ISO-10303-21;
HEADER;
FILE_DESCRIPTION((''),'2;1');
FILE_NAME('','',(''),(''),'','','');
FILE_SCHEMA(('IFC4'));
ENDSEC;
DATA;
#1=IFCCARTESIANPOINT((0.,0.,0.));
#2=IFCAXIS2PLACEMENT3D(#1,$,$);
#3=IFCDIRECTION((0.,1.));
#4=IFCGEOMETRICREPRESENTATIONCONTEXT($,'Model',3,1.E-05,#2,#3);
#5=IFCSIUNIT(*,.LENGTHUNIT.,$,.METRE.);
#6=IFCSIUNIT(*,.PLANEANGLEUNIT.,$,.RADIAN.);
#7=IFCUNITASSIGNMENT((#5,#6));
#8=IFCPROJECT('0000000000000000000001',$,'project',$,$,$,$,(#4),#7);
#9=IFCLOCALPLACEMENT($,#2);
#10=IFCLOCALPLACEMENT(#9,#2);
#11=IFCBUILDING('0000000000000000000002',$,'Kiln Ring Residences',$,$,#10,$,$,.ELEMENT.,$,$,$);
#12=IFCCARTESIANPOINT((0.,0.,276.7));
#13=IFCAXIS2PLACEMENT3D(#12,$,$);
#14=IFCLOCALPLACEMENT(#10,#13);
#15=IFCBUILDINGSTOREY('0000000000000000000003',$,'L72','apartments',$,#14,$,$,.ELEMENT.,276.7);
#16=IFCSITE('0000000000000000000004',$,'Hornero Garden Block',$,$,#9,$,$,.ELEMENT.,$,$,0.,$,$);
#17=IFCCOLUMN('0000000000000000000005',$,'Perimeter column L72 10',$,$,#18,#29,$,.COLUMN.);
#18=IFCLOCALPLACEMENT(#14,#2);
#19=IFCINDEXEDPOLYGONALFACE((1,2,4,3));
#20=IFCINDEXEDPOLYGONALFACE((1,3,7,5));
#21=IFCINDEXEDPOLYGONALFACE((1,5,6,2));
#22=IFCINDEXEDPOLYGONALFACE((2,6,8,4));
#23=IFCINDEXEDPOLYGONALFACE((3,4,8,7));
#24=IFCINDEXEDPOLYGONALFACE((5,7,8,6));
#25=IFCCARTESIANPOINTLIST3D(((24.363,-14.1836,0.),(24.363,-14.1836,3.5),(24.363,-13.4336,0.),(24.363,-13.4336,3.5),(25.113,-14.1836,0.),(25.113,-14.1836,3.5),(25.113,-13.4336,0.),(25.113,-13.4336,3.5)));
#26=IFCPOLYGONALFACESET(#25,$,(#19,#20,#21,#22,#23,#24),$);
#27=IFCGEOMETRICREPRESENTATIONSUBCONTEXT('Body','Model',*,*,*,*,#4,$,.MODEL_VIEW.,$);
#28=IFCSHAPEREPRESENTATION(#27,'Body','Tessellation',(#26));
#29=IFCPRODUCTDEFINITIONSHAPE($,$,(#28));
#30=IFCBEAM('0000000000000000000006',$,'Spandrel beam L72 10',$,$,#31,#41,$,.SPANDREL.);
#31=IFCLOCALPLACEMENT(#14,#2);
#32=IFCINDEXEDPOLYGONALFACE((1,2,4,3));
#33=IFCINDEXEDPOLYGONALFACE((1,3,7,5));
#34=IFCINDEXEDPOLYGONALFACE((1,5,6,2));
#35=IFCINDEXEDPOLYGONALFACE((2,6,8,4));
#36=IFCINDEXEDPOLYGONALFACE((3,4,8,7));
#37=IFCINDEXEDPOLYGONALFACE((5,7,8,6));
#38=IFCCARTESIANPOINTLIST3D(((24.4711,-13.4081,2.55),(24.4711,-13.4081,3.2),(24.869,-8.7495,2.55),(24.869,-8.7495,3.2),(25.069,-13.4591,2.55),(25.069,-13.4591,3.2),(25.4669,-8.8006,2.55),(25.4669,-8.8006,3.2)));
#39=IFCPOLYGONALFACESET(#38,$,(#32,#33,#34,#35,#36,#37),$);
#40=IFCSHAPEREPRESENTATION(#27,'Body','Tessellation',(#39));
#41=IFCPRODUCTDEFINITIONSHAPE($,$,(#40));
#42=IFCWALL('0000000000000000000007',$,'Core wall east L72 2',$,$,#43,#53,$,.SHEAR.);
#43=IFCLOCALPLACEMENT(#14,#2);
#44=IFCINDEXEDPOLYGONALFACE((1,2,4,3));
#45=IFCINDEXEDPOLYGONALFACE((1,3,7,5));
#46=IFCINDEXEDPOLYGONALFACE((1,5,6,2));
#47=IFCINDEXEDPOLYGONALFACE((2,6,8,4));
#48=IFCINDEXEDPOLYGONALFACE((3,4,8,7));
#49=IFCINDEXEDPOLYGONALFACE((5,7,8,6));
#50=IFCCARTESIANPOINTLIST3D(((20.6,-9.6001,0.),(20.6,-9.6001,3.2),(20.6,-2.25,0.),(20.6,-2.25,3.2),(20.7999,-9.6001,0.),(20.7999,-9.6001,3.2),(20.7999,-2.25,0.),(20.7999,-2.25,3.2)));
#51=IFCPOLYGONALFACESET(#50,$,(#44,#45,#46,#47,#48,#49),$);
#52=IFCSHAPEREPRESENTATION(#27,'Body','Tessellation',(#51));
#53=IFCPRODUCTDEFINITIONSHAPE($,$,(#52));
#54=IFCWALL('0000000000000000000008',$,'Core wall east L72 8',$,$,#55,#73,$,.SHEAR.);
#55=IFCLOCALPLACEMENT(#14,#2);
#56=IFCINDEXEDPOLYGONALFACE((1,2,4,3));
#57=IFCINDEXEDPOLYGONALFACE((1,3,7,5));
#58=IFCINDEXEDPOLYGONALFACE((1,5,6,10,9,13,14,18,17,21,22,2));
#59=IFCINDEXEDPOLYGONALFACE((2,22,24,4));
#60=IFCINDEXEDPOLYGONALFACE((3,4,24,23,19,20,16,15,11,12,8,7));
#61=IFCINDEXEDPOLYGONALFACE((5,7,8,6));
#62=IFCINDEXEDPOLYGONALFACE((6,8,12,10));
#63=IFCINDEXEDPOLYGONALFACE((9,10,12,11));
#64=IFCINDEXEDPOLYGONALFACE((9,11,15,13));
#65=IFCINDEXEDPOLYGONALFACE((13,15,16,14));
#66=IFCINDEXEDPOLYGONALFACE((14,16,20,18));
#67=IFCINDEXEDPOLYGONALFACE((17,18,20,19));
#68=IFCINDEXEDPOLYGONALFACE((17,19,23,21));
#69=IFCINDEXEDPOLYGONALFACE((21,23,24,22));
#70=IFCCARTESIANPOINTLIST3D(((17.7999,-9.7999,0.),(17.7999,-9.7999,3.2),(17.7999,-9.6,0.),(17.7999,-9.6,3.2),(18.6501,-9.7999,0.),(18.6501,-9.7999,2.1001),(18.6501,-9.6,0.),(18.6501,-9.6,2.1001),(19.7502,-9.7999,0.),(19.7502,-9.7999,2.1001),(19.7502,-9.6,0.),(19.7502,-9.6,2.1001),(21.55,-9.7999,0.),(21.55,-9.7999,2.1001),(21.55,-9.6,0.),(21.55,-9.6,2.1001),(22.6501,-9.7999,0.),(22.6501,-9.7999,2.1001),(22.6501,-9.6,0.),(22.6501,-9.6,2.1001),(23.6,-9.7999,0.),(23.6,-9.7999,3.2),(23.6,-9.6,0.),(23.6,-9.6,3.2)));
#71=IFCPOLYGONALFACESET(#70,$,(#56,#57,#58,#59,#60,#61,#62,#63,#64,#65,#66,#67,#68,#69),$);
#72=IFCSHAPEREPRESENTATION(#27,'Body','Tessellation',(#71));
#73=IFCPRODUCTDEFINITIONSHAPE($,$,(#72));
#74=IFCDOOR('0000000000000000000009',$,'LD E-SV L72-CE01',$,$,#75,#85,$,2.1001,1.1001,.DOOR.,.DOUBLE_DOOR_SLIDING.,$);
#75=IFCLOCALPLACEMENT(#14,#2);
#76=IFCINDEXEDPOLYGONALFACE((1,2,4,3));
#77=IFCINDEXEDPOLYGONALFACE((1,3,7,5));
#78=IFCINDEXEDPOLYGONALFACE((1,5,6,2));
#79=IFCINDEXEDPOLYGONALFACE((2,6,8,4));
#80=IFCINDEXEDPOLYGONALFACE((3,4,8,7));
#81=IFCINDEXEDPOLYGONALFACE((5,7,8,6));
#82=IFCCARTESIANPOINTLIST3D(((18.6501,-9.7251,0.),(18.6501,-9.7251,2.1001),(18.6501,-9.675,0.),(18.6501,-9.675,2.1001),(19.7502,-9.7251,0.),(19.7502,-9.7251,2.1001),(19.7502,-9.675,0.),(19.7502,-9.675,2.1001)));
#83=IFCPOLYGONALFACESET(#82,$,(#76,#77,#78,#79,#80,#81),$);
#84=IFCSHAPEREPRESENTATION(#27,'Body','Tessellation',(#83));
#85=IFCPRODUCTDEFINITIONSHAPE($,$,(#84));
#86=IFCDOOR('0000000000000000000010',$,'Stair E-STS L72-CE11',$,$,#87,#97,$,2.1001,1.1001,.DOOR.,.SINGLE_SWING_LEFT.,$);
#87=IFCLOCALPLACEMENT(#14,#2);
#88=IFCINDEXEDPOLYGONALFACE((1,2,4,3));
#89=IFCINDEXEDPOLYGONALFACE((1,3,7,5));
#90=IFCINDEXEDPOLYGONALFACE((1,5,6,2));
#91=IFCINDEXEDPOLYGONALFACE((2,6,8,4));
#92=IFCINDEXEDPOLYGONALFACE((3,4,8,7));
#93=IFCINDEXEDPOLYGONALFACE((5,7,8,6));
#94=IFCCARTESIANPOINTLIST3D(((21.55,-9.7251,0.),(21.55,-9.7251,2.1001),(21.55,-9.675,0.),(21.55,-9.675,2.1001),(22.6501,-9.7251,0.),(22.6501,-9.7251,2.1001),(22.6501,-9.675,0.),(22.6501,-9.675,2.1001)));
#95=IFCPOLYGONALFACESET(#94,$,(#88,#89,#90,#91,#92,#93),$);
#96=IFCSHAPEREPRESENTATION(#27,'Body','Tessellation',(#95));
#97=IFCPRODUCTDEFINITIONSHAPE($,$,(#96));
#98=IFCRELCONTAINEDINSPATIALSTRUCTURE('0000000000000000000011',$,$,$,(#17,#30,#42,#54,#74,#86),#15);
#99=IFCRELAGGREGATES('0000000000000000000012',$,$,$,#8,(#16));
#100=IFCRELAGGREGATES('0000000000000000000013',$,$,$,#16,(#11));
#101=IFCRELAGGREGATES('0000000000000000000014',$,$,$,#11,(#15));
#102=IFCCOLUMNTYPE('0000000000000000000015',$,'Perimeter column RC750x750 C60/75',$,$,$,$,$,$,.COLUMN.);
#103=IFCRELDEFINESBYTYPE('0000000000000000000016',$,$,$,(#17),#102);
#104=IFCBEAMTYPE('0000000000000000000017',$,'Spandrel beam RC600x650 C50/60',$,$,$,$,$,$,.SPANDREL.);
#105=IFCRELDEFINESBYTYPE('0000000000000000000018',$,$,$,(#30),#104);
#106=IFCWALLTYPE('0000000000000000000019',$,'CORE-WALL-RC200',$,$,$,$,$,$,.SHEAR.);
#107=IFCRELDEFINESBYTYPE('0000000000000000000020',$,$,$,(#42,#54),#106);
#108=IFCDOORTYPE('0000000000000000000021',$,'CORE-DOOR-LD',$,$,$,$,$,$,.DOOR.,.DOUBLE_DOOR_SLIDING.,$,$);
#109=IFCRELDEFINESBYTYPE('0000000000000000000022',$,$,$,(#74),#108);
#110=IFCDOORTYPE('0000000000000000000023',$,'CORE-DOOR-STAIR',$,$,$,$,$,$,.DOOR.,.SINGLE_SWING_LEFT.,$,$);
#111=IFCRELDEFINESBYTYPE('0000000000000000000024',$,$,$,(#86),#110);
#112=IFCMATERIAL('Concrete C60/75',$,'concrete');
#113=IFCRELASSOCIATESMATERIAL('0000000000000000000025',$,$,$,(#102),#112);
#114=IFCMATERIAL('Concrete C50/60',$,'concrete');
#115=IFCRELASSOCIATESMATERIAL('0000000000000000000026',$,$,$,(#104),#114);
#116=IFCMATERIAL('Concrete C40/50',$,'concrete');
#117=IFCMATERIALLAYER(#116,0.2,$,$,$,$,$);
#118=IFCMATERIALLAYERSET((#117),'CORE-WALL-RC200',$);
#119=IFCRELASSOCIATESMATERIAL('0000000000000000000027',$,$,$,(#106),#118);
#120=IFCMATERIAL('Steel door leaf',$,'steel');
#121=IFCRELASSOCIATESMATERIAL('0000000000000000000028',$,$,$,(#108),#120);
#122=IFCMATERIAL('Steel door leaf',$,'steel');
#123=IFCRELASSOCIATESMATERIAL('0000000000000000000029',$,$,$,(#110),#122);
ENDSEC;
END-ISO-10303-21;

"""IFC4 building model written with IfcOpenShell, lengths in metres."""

from ifc_helpers import new_model, si_unit, direction, frame, frame_2d, origin, origin_2d, place, context, subcontext, project, spatial, rectangle, extrude, material, layer, layer_set, material_profile, profile_set, type_object, element, fill, save


model = new_model("IFC4")

# Units and contexts
model_context = context("Model", 3, precision=1e-05, world=origin(), true_north=direction((0.0, 1.0)))
body_context = subcontext(model_context, "Body", "Model", "MODEL_VIEW")
ifc_project = project(units=[si_unit("LENGTHUNIT", "METRE"), si_unit("PLANEANGLEUNIT", "RADIAN")], contexts=[model_context])

# Site, building, storey
site_placement = place(None, origin())
site = spatial("IfcSite", under=ifc_project, at=site_placement, Name="Hornero Garden Block", CompositionType="ELEMENT", RefElevation=0.0)
building_placement = place(site_placement, origin())
building = spatial("IfcBuilding", under=site, at=building_placement, Name="Kiln Ring Residences", CompositionType="ELEMENT")
storey_placement = place(building_placement, frame((0.0, 0.0, 276.7)))
storey = spatial("IfcBuildingStorey", under=building, at=storey_placement, Name="L72", Description="apartments", CompositionType="ELEMENT", Elevation=276.7)

# Column
ifc_material_1 = material(Name="Concrete C60/75", Category="concrete")
ifc_material_profile_1 = material_profile(ifc_material_1, rectangle(XDim=0.75, YDim=0.75, at=origin_2d()), Name="RC750x750")
ifc_profile_set_1 = profile_set([ifc_material_profile_1], Name="Concrete C60/75")
column_type = type_object("IfcColumnType", Name="Perimeter column RC750x750 C60/75", PredefinedType="COLUMN", material=ifc_profile_set_1)
column_placement = place(storey_placement, frame((24.738, -13.8086, 0.0), z_axis=(0.0, 0.0, 1.0), x_axis=(1.0, 0.0, 0.0)))
element("IfcColumn", 1, at=column_placement, inside=storey, type_object=column_type, Name="Perimeter column L72 10", PredefinedType="COLUMN", context=body_context, shape_type="SweptSolid", body=[
    extrude(rectangle(XDim=0.75, YDim=0.75, at=origin_2d()), origin(), (0.0, 0.0, 1.0), 3.5),
])

# Beam
ifc_material_2 = material(Name="Concrete C50/60", Category="concrete")
ifc_material_profile_2 = material_profile(ifc_material_2, rectangle(XDim=0.6001, YDim=0.6499, at=origin_2d()), Name="RC600x650")
ifc_profile_set_2 = profile_set([ifc_material_profile_2], Name="Concrete C50/60")
beam_type = type_object("IfcBeamType", Name="Spandrel beam RC600x650 C50/60", PredefinedType="SPANDREL", material=ifc_profile_set_2)
beam_placement = place(storey_placement, frame((24.77, -13.4336, 2.875), z_axis=(0.085111, 0.996371, 0.0), x_axis=(-0.996371, 0.085111, 0.0)))
element("IfcBeam", 2, at=beam_placement, inside=storey, type_object=beam_type, Name="Spandrel beam L72 10", PredefinedType="SPANDREL", context=body_context, shape_type="SweptSolid", body=[
    extrude(rectangle(XDim=0.6001, YDim=0.6499, at=origin_2d()), origin(), (0.0, 0.0, 1.0), 4.6755),
])

# Wall
ifc_material_3 = material(Name="Concrete C40/50", Category="concrete")
ifc_layer_1 = layer(ifc_material_3, 0.2)
ifc_layer_set_1 = layer_set([ifc_layer_1], Name="CORE-WALL-RC200")
wall_type_1 = type_object("IfcWallType", Name="CORE-WALL-RC200", PredefinedType="SHEAR", material=ifc_layer_set_1)
wall_1_placement = place(storey_placement, frame((20.7, -9.6001, 0.0), z_axis=(0.0, 0.0, 1.0), x_axis=(0.0, 1.0, 0.0)))
element("IfcWall", 3, at=wall_1_placement, inside=storey, type_object=wall_type_1, Name="Core wall east L72 2", PredefinedType="SHEAR", context=body_context, shape_type="SweptSolid", body=[
    extrude(rectangle(XDim=7.3501, YDim=0.2, at=frame_2d((3.675, 0.0))), origin(), (0.0, 0.0, 1.0), 3.2),
])

# Wall, openings, doors
wall_2_placement = place(storey_placement, frame((17.8, -9.7, 0.0), z_axis=(0.0, 0.0, 1.0), x_axis=(1.0, 0.0, 0.0)))
wall_2 = element("IfcWall", 4, at=wall_2_placement, inside=storey, type_object=wall_type_1, Name="Core wall east L72 8", PredefinedType="SHEAR", context=body_context, shape_type="SweptSolid", body=[
    extrude(rectangle(XDim=5.8, YDim=0.2, at=frame_2d((2.8999, 0.0))), origin(), (0.0, 0.0, 1.0), 3.2),
])
opening_1_placement = place(wall_2_placement, frame((0.8501, 0.0, 0.0)))
opening_1 = element("IfcOpeningElement", 5, at=opening_1_placement, cuts=wall_2, PredefinedType="OPENING", context=body_context, shape_type="SweptSolid", body=[
    extrude(rectangle(XDim=1.1001, YDim=2.1001, at=frame_2d((0.55, 1.05))), frame((0.0, 0.1099, 0.0), z_axis=(0.0, -1.0, 0.0), x_axis=(1.0, 0.0, 0.0)), (0.0, 0.0, 1.0), 0.22),
])
opening_2_placement = place(wall_2_placement, frame((3.75, 0.0, 0.0)))
opening_2 = element("IfcOpeningElement", 6, at=opening_2_placement, cuts=wall_2, PredefinedType="OPENING", context=body_context, shape_type="SweptSolid", body=[
    extrude(rectangle(XDim=1.1001, YDim=2.1001, at=frame_2d((0.55, 1.05))), frame((0.0, 0.1099, 0.0), z_axis=(0.0, -1.0, 0.0), x_axis=(1.0, 0.0, 0.0)), (0.0, 0.0, 1.0), 0.22),
])
ifc_material_4 = material(Name="Steel door leaf", Category="steel")
door_type_1 = type_object("IfcDoorType", Name="CORE-DOOR-LD", OperationType="DOUBLE_DOOR_SLIDING", PredefinedType="DOOR", material=ifc_material_4)
door_1_placement = place(opening_1_placement, origin())
door_1 = element("IfcDoor", 7, at=door_1_placement, inside=storey, type_object=door_type_1, Name="LD E-SV L72-CE01", OperationType="DOUBLE_DOOR_SLIDING", OverallHeight=2.1001, OverallWidth=1.1001, PredefinedType="DOOR", context=body_context, shape_type="SweptSolid", body=[
    extrude(rectangle(XDim=1.1001, YDim=2.1001, at=frame_2d((0.55, 1.05))), frame((0.0, 0.0249, 0.0), z_axis=(0.0, -1.0, 0.0), x_axis=(1.0, 0.0, 0.0)), (0.0, 0.0, 1.0), 0.05),
])
fill(opening_1, door_1)
ifc_material_5 = material(Name="Steel door leaf", Category="steel")
door_type_2 = type_object("IfcDoorType", Name="CORE-DOOR-STAIR", OperationType="SINGLE_SWING_LEFT", PredefinedType="DOOR", material=ifc_material_5)
door_2_placement = place(opening_2_placement, origin())
door_2 = element("IfcDoor", 8, at=door_2_placement, inside=storey, type_object=door_type_2, Name="Stair E-STS L72-CE11", OperationType="SINGLE_SWING_LEFT", OverallHeight=2.1001, OverallWidth=1.1001, PredefinedType="DOOR", context=body_context, shape_type="SweptSolid", body=[
    extrude(rectangle(XDim=1.1001, YDim=2.1001, at=frame_2d((0.55, 1.05))), frame((0.0, 0.0249, 0.0), z_axis=(0.0, -1.0, 0.0), x_axis=(1.0, 0.0, 0.0)), (0.0, 0.0, 1.0), 0.05),
])
fill(opening_2, door_2)

save(model, "model.ifc")
